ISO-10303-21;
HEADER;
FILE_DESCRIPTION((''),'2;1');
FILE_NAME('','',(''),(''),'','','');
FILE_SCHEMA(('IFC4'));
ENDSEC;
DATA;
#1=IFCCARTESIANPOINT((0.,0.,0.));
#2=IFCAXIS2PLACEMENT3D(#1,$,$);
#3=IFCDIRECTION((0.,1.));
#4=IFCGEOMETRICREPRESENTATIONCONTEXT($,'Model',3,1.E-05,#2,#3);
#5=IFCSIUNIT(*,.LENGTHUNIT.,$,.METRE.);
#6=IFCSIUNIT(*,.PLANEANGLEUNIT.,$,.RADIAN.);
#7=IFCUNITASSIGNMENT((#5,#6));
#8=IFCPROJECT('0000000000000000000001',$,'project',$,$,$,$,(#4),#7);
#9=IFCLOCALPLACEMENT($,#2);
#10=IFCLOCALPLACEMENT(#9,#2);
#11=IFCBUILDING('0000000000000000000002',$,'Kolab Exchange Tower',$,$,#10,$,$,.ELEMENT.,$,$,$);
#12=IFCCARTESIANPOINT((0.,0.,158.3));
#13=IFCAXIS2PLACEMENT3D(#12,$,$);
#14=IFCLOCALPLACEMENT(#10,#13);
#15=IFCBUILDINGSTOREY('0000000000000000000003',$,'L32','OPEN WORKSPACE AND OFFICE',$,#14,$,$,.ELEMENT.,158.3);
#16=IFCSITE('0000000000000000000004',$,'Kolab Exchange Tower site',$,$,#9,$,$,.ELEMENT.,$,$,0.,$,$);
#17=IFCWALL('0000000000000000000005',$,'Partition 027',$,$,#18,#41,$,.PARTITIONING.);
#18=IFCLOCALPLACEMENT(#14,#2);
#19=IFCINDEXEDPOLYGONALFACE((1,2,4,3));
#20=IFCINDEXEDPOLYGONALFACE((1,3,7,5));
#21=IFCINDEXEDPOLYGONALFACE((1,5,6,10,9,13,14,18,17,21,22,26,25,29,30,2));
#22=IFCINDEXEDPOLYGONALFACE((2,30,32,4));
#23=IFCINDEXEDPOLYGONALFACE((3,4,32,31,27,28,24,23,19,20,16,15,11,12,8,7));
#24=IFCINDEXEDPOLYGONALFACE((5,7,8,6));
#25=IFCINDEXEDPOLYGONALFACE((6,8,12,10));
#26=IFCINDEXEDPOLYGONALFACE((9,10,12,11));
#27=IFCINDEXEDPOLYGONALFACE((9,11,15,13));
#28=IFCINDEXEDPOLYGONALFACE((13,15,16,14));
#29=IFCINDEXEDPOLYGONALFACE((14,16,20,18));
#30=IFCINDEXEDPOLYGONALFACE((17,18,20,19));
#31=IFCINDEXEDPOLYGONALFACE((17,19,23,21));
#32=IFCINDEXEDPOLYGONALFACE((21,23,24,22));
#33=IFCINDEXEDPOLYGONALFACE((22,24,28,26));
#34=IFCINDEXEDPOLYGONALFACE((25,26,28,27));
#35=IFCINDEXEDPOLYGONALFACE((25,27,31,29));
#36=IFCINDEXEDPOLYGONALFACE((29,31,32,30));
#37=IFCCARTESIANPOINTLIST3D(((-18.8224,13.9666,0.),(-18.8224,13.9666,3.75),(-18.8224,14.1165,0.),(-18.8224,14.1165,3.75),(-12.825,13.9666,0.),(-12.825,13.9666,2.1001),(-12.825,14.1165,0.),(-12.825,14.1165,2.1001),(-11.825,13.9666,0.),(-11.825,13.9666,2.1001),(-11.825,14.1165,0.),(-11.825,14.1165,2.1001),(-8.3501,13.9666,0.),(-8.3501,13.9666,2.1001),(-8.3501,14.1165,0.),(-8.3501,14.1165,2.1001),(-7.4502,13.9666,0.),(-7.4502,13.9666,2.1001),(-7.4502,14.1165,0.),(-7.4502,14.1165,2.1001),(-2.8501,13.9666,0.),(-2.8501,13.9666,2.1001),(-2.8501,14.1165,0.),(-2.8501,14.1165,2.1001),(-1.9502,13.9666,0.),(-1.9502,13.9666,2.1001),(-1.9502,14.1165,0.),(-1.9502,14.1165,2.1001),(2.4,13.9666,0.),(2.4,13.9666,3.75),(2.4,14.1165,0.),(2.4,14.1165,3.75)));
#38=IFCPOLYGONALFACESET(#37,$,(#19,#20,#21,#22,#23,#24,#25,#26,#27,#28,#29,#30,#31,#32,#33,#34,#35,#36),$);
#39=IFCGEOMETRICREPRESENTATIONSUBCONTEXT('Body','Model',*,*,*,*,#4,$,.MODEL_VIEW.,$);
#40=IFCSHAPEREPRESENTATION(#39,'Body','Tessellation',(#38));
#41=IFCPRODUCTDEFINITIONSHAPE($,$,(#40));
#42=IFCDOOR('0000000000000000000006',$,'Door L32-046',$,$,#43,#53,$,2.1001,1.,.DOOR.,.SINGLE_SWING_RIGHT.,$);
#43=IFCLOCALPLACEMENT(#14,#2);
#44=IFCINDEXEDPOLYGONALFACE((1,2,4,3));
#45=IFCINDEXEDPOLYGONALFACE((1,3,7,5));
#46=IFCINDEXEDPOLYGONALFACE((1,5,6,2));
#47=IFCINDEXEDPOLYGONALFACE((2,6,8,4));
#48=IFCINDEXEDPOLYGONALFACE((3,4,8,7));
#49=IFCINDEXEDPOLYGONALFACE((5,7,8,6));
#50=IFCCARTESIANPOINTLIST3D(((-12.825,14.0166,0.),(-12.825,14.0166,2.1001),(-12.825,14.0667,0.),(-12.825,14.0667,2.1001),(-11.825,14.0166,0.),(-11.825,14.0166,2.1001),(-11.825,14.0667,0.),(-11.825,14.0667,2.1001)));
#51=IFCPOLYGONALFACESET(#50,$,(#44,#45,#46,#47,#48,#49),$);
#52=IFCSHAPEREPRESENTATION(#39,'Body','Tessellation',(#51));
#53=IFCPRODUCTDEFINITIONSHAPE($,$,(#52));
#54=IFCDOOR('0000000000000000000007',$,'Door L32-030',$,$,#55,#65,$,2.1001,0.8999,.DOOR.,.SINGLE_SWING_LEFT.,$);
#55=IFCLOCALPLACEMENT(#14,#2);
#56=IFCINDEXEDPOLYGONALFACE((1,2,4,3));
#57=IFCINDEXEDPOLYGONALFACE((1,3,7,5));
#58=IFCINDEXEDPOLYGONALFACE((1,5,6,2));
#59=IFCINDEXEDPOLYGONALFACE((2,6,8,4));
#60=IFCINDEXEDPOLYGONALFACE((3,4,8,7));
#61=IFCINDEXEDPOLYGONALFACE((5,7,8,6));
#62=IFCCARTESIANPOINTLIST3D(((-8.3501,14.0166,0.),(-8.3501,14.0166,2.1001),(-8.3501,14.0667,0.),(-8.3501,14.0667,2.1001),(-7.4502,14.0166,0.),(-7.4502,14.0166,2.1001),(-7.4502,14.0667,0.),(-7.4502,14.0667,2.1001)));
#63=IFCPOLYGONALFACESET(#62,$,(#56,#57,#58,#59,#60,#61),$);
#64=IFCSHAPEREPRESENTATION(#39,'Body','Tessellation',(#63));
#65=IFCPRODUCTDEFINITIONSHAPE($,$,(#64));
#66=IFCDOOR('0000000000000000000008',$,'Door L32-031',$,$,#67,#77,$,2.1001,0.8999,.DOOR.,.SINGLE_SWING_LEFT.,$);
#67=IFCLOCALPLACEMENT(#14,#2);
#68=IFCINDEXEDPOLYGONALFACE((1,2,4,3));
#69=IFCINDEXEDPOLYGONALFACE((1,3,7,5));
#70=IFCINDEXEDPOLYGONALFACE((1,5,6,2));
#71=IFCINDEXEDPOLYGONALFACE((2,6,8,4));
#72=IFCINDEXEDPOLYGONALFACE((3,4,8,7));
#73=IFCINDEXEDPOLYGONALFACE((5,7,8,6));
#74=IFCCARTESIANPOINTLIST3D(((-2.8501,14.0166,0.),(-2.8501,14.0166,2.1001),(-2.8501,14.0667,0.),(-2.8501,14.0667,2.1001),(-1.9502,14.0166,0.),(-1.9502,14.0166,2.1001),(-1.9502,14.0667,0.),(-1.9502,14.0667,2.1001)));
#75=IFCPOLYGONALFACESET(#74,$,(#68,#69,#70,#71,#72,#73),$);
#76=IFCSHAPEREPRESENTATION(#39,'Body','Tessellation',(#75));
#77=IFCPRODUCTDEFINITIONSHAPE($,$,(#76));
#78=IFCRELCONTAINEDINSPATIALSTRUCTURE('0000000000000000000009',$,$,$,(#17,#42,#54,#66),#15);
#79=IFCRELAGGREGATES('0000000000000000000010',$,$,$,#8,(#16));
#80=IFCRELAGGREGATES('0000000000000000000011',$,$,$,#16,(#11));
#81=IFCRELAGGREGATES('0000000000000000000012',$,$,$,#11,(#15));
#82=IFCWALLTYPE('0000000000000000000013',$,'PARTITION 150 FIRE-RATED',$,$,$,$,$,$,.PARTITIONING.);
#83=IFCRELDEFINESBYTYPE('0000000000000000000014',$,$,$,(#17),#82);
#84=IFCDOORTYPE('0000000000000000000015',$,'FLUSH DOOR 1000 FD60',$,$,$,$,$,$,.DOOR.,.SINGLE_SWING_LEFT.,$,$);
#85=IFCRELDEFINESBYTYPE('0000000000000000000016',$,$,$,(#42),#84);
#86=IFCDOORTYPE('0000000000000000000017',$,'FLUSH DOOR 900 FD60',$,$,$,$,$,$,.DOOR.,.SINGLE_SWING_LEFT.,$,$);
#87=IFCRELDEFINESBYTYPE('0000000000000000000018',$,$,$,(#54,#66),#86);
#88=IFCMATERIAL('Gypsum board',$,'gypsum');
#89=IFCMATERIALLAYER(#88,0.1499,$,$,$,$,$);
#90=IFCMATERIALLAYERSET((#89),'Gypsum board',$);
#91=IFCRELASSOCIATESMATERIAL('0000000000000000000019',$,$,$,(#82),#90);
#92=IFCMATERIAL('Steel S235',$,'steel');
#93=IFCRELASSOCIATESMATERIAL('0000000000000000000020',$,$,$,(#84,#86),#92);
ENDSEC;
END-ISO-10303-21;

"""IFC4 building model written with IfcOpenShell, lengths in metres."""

from ifc_helpers import new_model, si_unit, direction, frame, frame_2d, origin, place, context, subcontext, project, spatial, rectangle, extrude, material, layer, layer_set, type_object, element, fill, save


model = new_model("IFC4")

# Units and contexts
model_context = context("Model", 3, precision=1e-05, world=origin(), true_north=direction((0.0, 1.0)))
body_context = subcontext(model_context, "Body", "Model", "MODEL_VIEW")
ifc_project = project(units=[si_unit("LENGTHUNIT", "METRE"), si_unit("PLANEANGLEUNIT", "RADIAN")], contexts=[model_context])

# Site, building, storey
site_placement = place(None, origin())
site = spatial("IfcSite", under=ifc_project, at=site_placement, Name="Kolab Exchange Tower site", CompositionType="ELEMENT", RefElevation=0.0)
building_placement = place(site_placement, origin())
building = spatial("IfcBuilding", under=site, at=building_placement, Name="Kolab Exchange Tower", CompositionType="ELEMENT")
storey_placement = place(building_placement, frame((0.0, 0.0, 158.3)))
storey = spatial("IfcBuildingStorey", under=building, at=storey_placement, Name="L32", Description="OPEN WORKSPACE AND OFFICE", CompositionType="ELEMENT", Elevation=158.3)

# Shared definitions
ifc_material_1 = material(Name="Gypsum board", Category="gypsum")

# Wall, openings, doors
ifc_layer_1 = layer(ifc_material_1, 0.1499)
ifc_layer_set_1 = layer_set([ifc_layer_1], Name="Gypsum board")
wall_type_1 = type_object("IfcWallType", Name="PARTITION 150 FIRE-RATED", PredefinedType="PARTITIONING", material=ifc_layer_set_1)
wall_1_placement = place(storey_placement, frame((-18.8225, 14.0415, 0.0), z_axis=(0.0, 0.0, 1.0), x_axis=(1.0, 0.0, 0.0)))
wall_1 = element("IfcWall", 1, at=wall_1_placement, inside=storey, type_object=wall_type_1, Name="Partition 027", PredefinedType="PARTITIONING", context=body_context, shape_type="SweptSolid", body=[
    extrude(rectangle(XDim=21.2224, YDim=0.1499, at=frame_2d((10.6113, 0.0))), origin(), (0.0, 0.0, 1.0), 3.75),
])
opening_1_placement = place(wall_1_placement, frame((10.4724, 0.0, 0.0)))
opening_1 = element("IfcOpeningElement", 2, at=opening_1_placement, cuts=wall_1, PredefinedType="OPENING", context=body_context, shape_type="SweptSolid", body=[
    extrude(rectangle(XDim=0.8999, YDim=2.1001, at=frame_2d((0.45, 1.05))), frame((0.0, 0.085, 0.0), z_axis=(0.0, -1.0, 0.0), x_axis=(1.0, 0.0, 0.0)), (0.0, 0.0, 1.0), 0.1699),
])
opening_2_placement = place(wall_1_placement, frame((15.9724, 0.0, 0.0)))
opening_2 = element("IfcOpeningElement", 3, at=opening_2_placement, cuts=wall_1, PredefinedType="OPENING", context=body_context, shape_type="SweptSolid", body=[
    extrude(rectangle(XDim=0.8999, YDim=2.1001, at=frame_2d((0.45, 1.05))), frame((0.0, 0.085, 0.0), z_axis=(0.0, -1.0, 0.0), x_axis=(1.0, 0.0, 0.0)), (0.0, 0.0, 1.0), 0.1699),
])
opening_3_placement = place(wall_1_placement, frame((5.9976, 0.0, 0.0)))
opening_3 = element("IfcOpeningElement", 4, at=opening_3_placement, cuts=wall_1, PredefinedType="OPENING", context=body_context, shape_type="SweptSolid", body=[
    extrude(rectangle(XDim=1.0, YDim=2.1001, at=frame_2d((0.5, 1.05))), frame((0.0, 0.085, 0.0), z_axis=(0.0, -1.0, 0.0), x_axis=(1.0, 0.0, 0.0)), (0.0, 0.0, 1.0), 0.1699),
])
ifc_material_2 = material(Name="Steel S235", Category="steel")
door_type_1 = type_object("IfcDoorType", Name="FLUSH DOOR 1000 FD60", OperationType="SINGLE_SWING_LEFT", PredefinedType="DOOR", material=ifc_material_2)
door_1_placement = place(opening_3_placement, frame((1.0, 0.0, 0.0), z_axis=(0.0, 0.0, 1.0), x_axis=(-1.0, 0.0, 0.0)))
door_1 = element("IfcDoor", 5, at=door_1_placement, inside=storey, type_object=door_type_1, Name="Door L32-046", OperationType="SINGLE_SWING_RIGHT", OverallHeight=2.1001, OverallWidth=1.0, PredefinedType="DOOR", context=body_context, shape_type="SweptSolid", body=[
    extrude(rectangle(XDim=1.0, YDim=2.1001, at=frame_2d((0.5, 1.05))), frame((0.0, 0.0249, 0.0), z_axis=(0.0, -1.0, 0.0), x_axis=(1.0, 0.0, 0.0)), (0.0, 0.0, 1.0), 0.05),
])
fill(opening_3, door_1)
door_type_2 = type_object("IfcDoorType", Name="FLUSH DOOR 900 FD60", OperationType="SINGLE_SWING_LEFT", PredefinedType="DOOR", material=ifc_material_2)
door_2_placement = place(opening_1_placement, frame((0.8999, 0.0, 0.0), z_axis=(0.0, 0.0, 1.0), x_axis=(-1.0, 0.0, 0.0)))
door_2 = element("IfcDoor", 6, at=door_2_placement, inside=storey, type_object=door_type_2, Name="Door L32-030", OperationType="SINGLE_SWING_LEFT", OverallHeight=2.1001, OverallWidth=0.8999, PredefinedType="DOOR", context=body_context, shape_type="SweptSolid", body=[
    extrude(rectangle(XDim=0.8999, YDim=2.1001, at=frame_2d((0.45, 1.05))), frame((0.0, 0.0249, 0.0), z_axis=(0.0, -1.0, 0.0), x_axis=(1.0, 0.0, 0.0)), (0.0, 0.0, 1.0), 0.05),
])
fill(opening_1, door_2)
door_3_placement = place(opening_2_placement, frame((0.8999, 0.0, 0.0), z_axis=(0.0, 0.0, 1.0), x_axis=(-1.0, 0.0, 0.0)))
door_3 = element("IfcDoor", 7, at=door_3_placement, inside=storey, type_object=door_type_2, Name="Door L32-031", OperationType="SINGLE_SWING_LEFT", OverallHeight=2.1001, OverallWidth=0.8999, PredefinedType="DOOR", context=body_context, shape_type="SweptSolid", body=[
    extrude(rectangle(XDim=0.8999, YDim=2.1001, at=frame_2d((0.45, 1.05))), frame((0.0, 0.0249, 0.0), z_axis=(0.0, -1.0, 0.0), x_axis=(1.0, 0.0, 0.0)), (0.0, 0.0, 1.0), 0.05),
])
fill(opening_2, door_3)

save(model, "model.ifc")
